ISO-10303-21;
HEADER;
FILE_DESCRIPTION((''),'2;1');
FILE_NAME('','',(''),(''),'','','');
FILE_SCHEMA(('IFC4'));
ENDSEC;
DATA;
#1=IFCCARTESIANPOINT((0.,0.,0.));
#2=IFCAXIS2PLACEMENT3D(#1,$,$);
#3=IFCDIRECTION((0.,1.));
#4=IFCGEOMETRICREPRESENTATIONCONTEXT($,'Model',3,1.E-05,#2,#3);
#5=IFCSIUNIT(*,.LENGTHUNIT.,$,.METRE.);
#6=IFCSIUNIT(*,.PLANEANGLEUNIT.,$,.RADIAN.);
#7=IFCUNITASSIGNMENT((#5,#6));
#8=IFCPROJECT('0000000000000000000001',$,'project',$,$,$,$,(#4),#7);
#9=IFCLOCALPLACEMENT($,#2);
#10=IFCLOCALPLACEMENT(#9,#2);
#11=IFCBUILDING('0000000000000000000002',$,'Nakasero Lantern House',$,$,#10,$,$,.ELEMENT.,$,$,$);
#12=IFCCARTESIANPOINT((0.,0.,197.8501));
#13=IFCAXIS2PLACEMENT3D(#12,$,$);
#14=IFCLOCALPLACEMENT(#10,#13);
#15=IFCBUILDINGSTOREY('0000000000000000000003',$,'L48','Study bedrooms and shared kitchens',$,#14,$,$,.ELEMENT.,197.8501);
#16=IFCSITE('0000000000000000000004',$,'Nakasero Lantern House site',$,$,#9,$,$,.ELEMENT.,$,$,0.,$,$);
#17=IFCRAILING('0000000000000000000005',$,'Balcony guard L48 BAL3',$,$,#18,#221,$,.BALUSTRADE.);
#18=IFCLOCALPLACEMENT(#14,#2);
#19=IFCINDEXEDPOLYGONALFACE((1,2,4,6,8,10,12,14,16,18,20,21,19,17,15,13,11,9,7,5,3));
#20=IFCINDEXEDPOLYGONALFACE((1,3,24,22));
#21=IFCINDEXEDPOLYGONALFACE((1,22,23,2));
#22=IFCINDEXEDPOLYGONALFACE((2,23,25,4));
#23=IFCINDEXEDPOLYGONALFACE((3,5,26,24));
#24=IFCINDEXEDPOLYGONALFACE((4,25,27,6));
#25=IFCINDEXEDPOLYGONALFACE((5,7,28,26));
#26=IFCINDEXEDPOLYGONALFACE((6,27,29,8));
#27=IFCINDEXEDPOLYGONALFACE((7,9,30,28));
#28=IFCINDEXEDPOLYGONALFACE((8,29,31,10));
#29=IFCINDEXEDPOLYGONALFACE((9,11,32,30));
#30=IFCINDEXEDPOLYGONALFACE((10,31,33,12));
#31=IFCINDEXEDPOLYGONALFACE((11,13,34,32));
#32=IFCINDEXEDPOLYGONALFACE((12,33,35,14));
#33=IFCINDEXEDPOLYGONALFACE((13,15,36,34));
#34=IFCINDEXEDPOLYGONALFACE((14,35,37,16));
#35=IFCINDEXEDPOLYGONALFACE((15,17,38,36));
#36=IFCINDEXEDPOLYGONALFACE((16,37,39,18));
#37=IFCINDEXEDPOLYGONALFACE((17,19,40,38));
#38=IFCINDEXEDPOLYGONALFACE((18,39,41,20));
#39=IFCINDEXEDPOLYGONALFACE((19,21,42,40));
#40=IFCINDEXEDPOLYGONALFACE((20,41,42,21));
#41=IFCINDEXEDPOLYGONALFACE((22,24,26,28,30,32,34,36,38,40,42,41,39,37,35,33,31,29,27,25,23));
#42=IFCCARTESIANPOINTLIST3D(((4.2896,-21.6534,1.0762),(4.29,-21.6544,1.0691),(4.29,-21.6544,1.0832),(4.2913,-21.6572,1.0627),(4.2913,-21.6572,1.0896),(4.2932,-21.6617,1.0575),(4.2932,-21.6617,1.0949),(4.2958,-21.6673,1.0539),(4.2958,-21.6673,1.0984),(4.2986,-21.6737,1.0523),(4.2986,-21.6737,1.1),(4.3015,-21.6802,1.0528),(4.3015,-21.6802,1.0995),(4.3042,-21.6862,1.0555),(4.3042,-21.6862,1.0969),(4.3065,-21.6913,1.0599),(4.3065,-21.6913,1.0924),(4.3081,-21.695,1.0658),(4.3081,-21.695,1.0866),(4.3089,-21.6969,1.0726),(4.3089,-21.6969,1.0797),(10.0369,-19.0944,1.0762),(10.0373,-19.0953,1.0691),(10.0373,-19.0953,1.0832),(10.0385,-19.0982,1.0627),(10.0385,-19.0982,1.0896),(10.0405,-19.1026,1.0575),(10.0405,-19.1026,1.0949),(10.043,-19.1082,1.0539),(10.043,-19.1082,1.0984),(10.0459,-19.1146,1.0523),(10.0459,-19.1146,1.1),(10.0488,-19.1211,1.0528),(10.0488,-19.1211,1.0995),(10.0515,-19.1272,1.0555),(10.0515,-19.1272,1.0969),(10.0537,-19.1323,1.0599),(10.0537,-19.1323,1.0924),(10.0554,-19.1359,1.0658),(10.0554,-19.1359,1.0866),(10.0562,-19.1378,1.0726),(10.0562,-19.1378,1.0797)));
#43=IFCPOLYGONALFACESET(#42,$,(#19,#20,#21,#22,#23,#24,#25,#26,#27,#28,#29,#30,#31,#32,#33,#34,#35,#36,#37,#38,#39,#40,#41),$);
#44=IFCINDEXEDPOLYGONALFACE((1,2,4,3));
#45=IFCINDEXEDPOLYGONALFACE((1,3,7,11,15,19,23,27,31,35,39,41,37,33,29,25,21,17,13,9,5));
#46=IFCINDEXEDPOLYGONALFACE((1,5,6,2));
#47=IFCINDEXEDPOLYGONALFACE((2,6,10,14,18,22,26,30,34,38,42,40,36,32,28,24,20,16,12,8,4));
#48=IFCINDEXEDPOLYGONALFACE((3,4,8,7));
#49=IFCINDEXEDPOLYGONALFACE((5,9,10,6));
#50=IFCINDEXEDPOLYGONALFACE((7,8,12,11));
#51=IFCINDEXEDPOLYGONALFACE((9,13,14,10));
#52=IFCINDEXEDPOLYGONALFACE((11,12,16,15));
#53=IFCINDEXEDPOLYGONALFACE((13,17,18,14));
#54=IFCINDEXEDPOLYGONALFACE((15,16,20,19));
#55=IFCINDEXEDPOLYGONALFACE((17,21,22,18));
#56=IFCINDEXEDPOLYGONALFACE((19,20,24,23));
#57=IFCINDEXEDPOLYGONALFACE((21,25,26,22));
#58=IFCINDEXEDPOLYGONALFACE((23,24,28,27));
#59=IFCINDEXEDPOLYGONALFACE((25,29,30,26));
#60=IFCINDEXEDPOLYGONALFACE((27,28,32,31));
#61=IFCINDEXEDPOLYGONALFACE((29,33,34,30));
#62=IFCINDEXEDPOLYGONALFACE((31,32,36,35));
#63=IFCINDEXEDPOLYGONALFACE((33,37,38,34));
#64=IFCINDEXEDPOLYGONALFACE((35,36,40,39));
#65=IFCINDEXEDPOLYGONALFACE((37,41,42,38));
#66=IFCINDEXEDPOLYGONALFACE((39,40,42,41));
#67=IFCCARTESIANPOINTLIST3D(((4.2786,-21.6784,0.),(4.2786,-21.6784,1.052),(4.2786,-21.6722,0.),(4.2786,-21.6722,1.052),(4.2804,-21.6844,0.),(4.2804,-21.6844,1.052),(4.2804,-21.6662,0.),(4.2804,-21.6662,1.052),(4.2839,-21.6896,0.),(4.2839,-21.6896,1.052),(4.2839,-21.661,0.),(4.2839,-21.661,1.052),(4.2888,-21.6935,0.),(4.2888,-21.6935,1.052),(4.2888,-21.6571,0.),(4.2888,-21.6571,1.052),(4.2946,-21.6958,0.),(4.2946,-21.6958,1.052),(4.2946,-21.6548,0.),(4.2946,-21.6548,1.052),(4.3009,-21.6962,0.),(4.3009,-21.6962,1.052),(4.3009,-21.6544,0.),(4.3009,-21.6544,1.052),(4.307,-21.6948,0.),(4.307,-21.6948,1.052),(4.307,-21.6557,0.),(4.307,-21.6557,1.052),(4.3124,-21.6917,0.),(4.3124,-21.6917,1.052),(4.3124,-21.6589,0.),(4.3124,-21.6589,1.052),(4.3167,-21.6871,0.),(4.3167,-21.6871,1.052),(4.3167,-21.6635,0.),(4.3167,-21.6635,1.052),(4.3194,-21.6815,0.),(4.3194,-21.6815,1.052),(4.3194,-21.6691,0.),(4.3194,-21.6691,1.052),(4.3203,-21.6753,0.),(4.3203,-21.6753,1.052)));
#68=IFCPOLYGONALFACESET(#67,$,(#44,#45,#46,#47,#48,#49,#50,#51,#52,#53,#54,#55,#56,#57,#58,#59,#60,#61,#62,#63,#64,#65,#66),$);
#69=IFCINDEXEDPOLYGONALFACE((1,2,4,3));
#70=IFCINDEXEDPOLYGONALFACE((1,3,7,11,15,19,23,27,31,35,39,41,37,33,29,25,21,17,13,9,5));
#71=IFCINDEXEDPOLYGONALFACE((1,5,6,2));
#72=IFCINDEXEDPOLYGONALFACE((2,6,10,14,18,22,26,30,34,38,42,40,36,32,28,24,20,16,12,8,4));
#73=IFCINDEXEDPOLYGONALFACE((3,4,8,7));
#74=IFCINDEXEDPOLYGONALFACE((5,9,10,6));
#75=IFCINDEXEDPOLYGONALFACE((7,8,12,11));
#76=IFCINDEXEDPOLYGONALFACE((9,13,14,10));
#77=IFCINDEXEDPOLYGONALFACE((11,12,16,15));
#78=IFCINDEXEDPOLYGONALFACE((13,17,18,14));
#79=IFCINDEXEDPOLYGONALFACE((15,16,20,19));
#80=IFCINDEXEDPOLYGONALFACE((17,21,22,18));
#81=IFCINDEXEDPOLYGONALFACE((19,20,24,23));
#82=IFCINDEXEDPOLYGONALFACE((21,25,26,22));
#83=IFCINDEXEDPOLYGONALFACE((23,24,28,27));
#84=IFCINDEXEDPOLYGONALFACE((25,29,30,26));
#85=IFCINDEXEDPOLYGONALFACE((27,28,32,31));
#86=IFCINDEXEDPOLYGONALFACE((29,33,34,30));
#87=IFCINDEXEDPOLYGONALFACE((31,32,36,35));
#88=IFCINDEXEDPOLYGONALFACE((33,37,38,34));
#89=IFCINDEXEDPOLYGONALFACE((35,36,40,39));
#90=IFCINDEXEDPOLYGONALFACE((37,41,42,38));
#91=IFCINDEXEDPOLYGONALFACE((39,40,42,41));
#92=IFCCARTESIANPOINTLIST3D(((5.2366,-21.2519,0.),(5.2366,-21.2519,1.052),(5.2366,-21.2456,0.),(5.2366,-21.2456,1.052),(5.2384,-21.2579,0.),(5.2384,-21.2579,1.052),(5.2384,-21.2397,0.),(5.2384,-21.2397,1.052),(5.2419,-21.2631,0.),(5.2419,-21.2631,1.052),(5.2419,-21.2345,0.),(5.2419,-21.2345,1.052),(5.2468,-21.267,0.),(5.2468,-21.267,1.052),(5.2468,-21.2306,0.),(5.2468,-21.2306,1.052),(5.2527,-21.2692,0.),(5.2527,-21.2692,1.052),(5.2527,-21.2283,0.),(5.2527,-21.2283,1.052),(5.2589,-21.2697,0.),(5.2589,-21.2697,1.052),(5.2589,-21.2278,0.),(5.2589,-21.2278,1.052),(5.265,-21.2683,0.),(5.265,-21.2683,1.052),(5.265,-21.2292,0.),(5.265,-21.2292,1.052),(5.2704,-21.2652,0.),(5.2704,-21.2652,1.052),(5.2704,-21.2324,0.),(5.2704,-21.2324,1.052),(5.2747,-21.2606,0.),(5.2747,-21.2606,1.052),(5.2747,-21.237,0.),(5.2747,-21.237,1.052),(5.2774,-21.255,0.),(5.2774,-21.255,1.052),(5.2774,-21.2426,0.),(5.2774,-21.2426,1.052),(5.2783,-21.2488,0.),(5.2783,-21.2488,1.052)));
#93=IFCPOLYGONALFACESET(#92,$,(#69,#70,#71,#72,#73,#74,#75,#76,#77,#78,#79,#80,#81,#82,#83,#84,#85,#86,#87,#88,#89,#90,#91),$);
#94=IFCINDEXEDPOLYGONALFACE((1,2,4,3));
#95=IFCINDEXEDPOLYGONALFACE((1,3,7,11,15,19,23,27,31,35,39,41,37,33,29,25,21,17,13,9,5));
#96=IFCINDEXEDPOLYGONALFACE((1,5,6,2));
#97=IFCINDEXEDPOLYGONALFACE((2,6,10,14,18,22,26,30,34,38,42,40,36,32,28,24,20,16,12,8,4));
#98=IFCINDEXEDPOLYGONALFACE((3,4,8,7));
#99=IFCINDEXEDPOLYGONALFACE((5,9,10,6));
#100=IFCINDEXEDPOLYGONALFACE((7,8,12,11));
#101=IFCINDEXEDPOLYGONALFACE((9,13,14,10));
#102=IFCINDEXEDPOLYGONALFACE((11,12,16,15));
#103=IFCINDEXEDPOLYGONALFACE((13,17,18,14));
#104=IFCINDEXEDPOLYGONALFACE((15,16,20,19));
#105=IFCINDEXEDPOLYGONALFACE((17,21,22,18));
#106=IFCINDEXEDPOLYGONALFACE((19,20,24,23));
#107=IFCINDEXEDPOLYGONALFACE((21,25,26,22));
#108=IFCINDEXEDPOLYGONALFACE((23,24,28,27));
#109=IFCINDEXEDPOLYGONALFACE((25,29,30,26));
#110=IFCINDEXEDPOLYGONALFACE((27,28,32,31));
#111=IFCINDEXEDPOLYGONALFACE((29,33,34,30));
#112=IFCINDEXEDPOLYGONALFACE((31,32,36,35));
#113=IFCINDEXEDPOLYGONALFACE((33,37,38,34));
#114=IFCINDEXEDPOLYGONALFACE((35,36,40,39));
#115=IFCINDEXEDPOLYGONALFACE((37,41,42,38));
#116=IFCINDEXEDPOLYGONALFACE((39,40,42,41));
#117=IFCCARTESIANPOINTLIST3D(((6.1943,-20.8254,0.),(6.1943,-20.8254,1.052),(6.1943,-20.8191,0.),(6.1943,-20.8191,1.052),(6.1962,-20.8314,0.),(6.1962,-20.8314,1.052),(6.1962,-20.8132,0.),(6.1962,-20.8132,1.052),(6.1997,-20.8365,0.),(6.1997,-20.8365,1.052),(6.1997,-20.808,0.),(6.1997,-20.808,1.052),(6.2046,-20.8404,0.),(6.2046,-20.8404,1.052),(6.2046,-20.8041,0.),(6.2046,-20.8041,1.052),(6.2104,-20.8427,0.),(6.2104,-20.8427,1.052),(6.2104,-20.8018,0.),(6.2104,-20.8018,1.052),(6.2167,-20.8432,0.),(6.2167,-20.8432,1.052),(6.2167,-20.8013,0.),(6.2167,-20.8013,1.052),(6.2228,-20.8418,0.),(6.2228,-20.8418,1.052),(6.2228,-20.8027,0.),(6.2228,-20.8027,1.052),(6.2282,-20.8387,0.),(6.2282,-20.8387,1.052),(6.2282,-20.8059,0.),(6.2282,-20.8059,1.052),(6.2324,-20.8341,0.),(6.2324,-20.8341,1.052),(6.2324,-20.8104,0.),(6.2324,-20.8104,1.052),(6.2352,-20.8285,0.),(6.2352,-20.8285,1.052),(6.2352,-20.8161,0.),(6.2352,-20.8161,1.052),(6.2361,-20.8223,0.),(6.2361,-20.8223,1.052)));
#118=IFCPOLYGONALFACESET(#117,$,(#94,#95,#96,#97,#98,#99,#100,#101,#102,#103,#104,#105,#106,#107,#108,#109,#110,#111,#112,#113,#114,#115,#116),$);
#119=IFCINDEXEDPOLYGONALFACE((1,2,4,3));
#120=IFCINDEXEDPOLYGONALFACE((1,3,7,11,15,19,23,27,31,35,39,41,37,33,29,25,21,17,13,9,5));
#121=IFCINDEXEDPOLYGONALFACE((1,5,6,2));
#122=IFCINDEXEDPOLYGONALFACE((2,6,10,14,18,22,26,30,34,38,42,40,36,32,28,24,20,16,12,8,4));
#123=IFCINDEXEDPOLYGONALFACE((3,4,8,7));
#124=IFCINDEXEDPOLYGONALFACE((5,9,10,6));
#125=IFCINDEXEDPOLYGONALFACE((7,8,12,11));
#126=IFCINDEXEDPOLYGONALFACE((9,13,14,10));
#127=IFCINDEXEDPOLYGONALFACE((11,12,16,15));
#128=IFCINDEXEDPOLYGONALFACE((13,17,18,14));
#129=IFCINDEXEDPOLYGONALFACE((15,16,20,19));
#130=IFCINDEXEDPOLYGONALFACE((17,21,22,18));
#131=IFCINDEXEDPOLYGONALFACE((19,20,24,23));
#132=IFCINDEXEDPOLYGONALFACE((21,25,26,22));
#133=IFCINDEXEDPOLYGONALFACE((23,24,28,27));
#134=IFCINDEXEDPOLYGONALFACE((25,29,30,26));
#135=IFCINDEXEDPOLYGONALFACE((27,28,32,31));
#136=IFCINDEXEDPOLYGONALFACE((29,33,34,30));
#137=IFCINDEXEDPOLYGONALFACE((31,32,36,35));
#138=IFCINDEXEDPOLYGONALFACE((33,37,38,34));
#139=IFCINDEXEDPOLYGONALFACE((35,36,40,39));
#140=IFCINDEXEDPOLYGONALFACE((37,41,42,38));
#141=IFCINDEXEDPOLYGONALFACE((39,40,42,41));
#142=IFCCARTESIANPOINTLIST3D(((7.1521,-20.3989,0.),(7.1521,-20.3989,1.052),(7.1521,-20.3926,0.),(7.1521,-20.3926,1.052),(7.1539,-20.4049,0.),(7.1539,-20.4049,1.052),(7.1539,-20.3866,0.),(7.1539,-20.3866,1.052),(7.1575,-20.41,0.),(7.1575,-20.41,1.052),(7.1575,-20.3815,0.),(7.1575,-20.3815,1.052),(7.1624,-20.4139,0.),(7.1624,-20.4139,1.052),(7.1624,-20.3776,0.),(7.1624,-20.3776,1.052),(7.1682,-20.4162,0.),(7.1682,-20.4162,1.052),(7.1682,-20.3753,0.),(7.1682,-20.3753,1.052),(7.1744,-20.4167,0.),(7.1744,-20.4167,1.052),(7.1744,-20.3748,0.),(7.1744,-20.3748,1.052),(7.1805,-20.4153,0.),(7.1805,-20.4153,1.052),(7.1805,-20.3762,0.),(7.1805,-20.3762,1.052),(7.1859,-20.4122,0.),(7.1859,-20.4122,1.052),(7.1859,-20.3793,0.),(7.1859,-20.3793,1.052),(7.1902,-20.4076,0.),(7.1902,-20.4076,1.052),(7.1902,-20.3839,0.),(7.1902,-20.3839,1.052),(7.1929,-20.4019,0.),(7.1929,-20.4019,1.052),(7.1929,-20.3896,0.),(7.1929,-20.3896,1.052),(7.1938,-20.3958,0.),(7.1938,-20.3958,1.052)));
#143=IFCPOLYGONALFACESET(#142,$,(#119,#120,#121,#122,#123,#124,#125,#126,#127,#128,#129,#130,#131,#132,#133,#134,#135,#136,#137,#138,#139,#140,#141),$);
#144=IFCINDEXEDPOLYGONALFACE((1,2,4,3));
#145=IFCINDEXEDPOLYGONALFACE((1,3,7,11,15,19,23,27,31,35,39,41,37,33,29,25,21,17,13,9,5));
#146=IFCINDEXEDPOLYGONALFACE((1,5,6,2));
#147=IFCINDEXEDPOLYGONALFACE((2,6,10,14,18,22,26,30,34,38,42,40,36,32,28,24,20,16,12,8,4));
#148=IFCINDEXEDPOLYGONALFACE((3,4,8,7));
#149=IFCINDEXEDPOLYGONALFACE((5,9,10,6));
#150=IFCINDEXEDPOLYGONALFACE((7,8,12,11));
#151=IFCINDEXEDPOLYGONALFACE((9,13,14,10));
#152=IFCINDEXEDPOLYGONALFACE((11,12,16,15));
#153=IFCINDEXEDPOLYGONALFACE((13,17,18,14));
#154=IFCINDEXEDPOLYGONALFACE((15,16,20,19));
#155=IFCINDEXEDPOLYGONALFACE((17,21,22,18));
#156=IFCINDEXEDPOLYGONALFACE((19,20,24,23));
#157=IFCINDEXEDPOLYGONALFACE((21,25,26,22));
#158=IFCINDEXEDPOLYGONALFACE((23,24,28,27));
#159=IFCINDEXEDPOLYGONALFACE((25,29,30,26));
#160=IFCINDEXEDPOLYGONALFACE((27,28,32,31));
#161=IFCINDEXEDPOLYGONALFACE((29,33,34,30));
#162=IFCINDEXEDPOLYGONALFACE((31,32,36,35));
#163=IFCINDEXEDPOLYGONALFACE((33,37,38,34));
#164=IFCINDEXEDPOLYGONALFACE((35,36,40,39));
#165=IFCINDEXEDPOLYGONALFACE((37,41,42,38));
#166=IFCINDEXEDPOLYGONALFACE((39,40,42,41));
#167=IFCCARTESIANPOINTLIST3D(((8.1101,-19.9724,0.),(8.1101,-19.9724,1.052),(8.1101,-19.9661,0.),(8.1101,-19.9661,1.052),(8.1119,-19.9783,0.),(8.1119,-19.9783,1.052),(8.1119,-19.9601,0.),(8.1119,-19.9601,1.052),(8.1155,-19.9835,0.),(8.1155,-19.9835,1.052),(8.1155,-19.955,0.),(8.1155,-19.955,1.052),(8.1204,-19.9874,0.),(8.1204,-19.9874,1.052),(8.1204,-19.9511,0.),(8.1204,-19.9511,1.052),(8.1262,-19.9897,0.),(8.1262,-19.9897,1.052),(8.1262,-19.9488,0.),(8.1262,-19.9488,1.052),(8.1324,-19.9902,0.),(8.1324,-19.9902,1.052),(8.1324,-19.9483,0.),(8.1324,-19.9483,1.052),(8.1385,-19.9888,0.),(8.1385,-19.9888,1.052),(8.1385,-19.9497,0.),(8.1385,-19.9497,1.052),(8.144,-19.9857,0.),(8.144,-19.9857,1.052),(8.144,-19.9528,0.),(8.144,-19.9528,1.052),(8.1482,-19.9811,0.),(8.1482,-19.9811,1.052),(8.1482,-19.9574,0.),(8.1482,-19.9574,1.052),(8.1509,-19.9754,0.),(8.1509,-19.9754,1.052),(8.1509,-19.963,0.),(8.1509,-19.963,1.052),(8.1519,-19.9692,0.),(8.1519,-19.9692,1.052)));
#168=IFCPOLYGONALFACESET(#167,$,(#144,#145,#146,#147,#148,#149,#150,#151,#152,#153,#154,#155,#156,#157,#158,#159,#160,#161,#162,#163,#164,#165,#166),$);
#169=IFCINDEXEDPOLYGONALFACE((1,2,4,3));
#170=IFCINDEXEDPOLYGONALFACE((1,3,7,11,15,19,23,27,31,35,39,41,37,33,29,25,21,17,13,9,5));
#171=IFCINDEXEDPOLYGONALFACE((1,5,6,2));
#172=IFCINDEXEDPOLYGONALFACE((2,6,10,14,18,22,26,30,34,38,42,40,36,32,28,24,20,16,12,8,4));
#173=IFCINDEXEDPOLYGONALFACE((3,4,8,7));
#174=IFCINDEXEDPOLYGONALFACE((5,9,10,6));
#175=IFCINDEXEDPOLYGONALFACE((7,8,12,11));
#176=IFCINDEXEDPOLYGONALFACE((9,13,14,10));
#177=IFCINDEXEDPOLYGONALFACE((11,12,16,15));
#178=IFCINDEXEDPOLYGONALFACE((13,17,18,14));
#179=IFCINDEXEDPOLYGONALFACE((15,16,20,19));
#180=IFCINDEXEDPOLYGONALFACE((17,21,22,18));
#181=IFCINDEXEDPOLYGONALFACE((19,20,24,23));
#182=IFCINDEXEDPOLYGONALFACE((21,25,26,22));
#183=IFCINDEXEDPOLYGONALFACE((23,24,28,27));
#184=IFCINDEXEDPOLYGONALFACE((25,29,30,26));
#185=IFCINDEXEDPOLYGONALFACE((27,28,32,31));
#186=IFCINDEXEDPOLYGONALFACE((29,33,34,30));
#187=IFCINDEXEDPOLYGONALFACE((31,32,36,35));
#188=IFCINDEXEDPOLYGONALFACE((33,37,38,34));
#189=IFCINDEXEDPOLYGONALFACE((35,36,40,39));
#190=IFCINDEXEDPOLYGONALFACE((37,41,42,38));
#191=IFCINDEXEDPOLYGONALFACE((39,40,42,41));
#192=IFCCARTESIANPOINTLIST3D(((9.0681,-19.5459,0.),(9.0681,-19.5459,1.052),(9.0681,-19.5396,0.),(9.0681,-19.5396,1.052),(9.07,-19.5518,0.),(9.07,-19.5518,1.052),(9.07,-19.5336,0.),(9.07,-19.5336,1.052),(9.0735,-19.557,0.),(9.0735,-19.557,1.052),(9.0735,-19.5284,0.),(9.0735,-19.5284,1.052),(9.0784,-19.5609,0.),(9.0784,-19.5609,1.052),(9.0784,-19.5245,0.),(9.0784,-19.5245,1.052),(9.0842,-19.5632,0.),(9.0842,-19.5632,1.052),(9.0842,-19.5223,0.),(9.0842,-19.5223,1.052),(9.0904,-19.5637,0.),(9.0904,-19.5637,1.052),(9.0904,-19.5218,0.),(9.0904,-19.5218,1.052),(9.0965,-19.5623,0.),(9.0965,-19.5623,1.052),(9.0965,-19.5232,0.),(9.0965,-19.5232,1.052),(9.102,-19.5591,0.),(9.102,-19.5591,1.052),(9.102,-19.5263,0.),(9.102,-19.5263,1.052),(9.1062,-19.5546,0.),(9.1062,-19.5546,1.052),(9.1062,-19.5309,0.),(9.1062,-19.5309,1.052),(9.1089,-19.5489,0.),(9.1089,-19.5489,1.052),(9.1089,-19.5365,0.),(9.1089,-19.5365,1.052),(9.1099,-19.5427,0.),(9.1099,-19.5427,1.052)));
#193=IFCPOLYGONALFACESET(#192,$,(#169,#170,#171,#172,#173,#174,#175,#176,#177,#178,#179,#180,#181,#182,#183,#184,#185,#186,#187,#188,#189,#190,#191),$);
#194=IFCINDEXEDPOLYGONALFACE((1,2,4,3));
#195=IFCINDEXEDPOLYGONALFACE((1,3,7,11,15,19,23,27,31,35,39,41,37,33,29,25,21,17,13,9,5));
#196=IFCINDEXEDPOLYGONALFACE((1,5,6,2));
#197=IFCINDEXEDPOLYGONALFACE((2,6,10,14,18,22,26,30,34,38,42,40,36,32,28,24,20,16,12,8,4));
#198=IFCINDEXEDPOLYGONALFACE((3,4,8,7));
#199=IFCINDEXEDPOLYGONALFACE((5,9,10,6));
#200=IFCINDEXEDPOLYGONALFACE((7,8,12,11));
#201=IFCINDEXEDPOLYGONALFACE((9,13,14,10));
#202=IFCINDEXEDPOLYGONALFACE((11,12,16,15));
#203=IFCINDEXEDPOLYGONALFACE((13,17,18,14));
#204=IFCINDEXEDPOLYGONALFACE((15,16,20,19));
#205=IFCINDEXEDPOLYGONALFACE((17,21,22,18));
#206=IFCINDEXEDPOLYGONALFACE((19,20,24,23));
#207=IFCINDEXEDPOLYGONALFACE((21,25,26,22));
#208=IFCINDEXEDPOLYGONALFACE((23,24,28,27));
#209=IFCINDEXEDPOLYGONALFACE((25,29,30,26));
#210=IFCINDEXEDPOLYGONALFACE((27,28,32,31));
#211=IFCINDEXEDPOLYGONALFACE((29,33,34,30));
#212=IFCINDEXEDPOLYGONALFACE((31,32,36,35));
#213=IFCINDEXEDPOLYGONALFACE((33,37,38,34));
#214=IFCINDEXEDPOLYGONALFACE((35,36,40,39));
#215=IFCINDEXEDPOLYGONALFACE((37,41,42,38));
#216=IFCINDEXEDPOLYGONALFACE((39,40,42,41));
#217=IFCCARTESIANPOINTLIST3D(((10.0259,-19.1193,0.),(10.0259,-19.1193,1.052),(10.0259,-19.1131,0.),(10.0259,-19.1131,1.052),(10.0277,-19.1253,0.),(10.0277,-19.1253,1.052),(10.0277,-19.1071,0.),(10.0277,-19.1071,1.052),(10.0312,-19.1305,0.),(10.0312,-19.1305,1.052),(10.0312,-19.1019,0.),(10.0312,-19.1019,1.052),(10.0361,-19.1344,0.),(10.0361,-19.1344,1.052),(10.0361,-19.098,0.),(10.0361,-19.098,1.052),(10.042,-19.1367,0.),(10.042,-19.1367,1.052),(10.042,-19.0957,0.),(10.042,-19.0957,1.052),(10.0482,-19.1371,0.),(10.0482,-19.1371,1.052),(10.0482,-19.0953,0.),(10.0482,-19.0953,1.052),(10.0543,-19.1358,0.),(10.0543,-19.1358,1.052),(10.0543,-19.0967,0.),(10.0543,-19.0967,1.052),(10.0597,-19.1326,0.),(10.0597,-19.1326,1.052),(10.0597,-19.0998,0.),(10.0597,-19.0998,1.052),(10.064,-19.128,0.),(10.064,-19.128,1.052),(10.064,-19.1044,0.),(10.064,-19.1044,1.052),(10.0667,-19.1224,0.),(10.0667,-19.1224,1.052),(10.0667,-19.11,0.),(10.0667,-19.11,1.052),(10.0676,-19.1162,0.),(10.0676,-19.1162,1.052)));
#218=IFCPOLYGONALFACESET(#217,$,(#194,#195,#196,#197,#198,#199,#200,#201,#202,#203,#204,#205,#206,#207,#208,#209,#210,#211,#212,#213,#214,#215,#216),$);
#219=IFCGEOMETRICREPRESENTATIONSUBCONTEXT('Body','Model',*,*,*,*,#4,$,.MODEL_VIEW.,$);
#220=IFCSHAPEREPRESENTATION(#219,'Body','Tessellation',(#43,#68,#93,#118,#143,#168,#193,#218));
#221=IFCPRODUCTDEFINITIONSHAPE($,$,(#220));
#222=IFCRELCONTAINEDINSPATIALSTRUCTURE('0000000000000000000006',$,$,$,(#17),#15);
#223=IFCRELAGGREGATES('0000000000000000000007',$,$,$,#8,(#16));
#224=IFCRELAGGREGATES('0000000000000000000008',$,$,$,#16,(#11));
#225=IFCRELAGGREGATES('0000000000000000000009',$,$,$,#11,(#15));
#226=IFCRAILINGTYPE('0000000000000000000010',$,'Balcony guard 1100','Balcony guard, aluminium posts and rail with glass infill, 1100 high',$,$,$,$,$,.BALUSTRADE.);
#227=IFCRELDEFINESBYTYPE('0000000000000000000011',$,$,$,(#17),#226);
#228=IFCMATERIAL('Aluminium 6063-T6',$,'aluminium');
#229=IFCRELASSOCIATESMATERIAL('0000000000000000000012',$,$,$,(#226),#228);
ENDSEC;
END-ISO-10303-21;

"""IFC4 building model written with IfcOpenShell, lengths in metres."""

from ifc_helpers import new_model, si_unit, direction, frame, origin, origin_2d, place, context, subcontext, project, spatial, circle, extrude, material, type_object, element, save


model = new_model("IFC4")

# Units and contexts
model_context = context("Model", 3, precision=1e-05, world=origin(), true_north=direction((0.0, 1.0)))
body_context = subcontext(model_context, "Body", "Model", "MODEL_VIEW")
ifc_project = project(units=[si_unit("LENGTHUNIT", "METRE"), si_unit("PLANEANGLEUNIT", "RADIAN")], contexts=[model_context])

# Site, building, storey
site_placement = place(None, origin())
site = spatial("IfcSite", under=ifc_project, at=site_placement, Name="Nakasero Lantern House site", CompositionType="ELEMENT", RefElevation=0.0)
building_placement = place(site_placement, origin())
building = spatial("IfcBuilding", under=site, at=building_placement, Name="Nakasero Lantern House", CompositionType="ELEMENT")
storey_placement = place(building_placement, frame((0.0, 0.0, 197.8501)))
storey = spatial("IfcBuildingStorey", under=building, at=storey_placement, Name="L48", Description="Study bedrooms and shared kitchens", CompositionType="ELEMENT", Elevation=197.8501)

# Railing
ifc_material_1 = material(Name="Aluminium 6063-T6", Category="aluminium")
railing_type = type_object("IfcRailingType", Name="Balcony guard 1100", Description="Balcony guard, aluminium posts and rail with glass infill, 1100 high", PredefinedType="BALUSTRADE", material=ifc_material_1)
railing_placement = place(storey_placement, frame((4.2993, -21.6753, 0.0)))
element("IfcRailing", 1, at=railing_placement, inside=storey, type_object=railing_type, Name="Balcony guard L48 BAL3", PredefinedType="BALUSTRADE", context=body_context, shape_type="SweptSolid", body=[
    extrude(circle(Radius=0.0239, at=origin_2d()), frame((0.0, 0.0, 1.0762), z_axis=(0.913533, 0.406765, 0.0), x_axis=(-0.406765, 0.913533, 0.0)), (0.0, 0.0, 1.0), 6.2913),
    extrude(circle(Radius=0.021, at=origin_2d()), origin(), (0.0, 0.0, 1.0), 1.052),
    extrude(circle(Radius=0.021, at=origin_2d()), frame((0.958, 0.4265, 0.0)), (0.0, 0.0, 1.0), 1.052),
    extrude(circle(Radius=0.021, at=origin_2d()), frame((1.9158, 0.853, 0.0)), (0.0, 0.0, 1.0), 1.052),
    extrude(circle(Radius=0.021, at=origin_2d()), frame((2.8735, 1.2795, 0.0)), (0.0, 0.0, 1.0), 1.052),
    extrude(circle(Radius=0.021, at=origin_2d()), frame((3.8315, 1.7061, 0.0)), (0.0, 0.0, 1.0), 1.052),
    extrude(circle(Radius=0.021, at=origin_2d()), frame((4.7896, 2.1326, 0.0)), (0.0, 0.0, 1.0), 1.052),
    extrude(circle(Radius=0.021, at=origin_2d()), frame((5.7473, 2.5591, 0.0)), (0.0, 0.0, 1.0), 1.052),
])

save(model, "model.ifc")
